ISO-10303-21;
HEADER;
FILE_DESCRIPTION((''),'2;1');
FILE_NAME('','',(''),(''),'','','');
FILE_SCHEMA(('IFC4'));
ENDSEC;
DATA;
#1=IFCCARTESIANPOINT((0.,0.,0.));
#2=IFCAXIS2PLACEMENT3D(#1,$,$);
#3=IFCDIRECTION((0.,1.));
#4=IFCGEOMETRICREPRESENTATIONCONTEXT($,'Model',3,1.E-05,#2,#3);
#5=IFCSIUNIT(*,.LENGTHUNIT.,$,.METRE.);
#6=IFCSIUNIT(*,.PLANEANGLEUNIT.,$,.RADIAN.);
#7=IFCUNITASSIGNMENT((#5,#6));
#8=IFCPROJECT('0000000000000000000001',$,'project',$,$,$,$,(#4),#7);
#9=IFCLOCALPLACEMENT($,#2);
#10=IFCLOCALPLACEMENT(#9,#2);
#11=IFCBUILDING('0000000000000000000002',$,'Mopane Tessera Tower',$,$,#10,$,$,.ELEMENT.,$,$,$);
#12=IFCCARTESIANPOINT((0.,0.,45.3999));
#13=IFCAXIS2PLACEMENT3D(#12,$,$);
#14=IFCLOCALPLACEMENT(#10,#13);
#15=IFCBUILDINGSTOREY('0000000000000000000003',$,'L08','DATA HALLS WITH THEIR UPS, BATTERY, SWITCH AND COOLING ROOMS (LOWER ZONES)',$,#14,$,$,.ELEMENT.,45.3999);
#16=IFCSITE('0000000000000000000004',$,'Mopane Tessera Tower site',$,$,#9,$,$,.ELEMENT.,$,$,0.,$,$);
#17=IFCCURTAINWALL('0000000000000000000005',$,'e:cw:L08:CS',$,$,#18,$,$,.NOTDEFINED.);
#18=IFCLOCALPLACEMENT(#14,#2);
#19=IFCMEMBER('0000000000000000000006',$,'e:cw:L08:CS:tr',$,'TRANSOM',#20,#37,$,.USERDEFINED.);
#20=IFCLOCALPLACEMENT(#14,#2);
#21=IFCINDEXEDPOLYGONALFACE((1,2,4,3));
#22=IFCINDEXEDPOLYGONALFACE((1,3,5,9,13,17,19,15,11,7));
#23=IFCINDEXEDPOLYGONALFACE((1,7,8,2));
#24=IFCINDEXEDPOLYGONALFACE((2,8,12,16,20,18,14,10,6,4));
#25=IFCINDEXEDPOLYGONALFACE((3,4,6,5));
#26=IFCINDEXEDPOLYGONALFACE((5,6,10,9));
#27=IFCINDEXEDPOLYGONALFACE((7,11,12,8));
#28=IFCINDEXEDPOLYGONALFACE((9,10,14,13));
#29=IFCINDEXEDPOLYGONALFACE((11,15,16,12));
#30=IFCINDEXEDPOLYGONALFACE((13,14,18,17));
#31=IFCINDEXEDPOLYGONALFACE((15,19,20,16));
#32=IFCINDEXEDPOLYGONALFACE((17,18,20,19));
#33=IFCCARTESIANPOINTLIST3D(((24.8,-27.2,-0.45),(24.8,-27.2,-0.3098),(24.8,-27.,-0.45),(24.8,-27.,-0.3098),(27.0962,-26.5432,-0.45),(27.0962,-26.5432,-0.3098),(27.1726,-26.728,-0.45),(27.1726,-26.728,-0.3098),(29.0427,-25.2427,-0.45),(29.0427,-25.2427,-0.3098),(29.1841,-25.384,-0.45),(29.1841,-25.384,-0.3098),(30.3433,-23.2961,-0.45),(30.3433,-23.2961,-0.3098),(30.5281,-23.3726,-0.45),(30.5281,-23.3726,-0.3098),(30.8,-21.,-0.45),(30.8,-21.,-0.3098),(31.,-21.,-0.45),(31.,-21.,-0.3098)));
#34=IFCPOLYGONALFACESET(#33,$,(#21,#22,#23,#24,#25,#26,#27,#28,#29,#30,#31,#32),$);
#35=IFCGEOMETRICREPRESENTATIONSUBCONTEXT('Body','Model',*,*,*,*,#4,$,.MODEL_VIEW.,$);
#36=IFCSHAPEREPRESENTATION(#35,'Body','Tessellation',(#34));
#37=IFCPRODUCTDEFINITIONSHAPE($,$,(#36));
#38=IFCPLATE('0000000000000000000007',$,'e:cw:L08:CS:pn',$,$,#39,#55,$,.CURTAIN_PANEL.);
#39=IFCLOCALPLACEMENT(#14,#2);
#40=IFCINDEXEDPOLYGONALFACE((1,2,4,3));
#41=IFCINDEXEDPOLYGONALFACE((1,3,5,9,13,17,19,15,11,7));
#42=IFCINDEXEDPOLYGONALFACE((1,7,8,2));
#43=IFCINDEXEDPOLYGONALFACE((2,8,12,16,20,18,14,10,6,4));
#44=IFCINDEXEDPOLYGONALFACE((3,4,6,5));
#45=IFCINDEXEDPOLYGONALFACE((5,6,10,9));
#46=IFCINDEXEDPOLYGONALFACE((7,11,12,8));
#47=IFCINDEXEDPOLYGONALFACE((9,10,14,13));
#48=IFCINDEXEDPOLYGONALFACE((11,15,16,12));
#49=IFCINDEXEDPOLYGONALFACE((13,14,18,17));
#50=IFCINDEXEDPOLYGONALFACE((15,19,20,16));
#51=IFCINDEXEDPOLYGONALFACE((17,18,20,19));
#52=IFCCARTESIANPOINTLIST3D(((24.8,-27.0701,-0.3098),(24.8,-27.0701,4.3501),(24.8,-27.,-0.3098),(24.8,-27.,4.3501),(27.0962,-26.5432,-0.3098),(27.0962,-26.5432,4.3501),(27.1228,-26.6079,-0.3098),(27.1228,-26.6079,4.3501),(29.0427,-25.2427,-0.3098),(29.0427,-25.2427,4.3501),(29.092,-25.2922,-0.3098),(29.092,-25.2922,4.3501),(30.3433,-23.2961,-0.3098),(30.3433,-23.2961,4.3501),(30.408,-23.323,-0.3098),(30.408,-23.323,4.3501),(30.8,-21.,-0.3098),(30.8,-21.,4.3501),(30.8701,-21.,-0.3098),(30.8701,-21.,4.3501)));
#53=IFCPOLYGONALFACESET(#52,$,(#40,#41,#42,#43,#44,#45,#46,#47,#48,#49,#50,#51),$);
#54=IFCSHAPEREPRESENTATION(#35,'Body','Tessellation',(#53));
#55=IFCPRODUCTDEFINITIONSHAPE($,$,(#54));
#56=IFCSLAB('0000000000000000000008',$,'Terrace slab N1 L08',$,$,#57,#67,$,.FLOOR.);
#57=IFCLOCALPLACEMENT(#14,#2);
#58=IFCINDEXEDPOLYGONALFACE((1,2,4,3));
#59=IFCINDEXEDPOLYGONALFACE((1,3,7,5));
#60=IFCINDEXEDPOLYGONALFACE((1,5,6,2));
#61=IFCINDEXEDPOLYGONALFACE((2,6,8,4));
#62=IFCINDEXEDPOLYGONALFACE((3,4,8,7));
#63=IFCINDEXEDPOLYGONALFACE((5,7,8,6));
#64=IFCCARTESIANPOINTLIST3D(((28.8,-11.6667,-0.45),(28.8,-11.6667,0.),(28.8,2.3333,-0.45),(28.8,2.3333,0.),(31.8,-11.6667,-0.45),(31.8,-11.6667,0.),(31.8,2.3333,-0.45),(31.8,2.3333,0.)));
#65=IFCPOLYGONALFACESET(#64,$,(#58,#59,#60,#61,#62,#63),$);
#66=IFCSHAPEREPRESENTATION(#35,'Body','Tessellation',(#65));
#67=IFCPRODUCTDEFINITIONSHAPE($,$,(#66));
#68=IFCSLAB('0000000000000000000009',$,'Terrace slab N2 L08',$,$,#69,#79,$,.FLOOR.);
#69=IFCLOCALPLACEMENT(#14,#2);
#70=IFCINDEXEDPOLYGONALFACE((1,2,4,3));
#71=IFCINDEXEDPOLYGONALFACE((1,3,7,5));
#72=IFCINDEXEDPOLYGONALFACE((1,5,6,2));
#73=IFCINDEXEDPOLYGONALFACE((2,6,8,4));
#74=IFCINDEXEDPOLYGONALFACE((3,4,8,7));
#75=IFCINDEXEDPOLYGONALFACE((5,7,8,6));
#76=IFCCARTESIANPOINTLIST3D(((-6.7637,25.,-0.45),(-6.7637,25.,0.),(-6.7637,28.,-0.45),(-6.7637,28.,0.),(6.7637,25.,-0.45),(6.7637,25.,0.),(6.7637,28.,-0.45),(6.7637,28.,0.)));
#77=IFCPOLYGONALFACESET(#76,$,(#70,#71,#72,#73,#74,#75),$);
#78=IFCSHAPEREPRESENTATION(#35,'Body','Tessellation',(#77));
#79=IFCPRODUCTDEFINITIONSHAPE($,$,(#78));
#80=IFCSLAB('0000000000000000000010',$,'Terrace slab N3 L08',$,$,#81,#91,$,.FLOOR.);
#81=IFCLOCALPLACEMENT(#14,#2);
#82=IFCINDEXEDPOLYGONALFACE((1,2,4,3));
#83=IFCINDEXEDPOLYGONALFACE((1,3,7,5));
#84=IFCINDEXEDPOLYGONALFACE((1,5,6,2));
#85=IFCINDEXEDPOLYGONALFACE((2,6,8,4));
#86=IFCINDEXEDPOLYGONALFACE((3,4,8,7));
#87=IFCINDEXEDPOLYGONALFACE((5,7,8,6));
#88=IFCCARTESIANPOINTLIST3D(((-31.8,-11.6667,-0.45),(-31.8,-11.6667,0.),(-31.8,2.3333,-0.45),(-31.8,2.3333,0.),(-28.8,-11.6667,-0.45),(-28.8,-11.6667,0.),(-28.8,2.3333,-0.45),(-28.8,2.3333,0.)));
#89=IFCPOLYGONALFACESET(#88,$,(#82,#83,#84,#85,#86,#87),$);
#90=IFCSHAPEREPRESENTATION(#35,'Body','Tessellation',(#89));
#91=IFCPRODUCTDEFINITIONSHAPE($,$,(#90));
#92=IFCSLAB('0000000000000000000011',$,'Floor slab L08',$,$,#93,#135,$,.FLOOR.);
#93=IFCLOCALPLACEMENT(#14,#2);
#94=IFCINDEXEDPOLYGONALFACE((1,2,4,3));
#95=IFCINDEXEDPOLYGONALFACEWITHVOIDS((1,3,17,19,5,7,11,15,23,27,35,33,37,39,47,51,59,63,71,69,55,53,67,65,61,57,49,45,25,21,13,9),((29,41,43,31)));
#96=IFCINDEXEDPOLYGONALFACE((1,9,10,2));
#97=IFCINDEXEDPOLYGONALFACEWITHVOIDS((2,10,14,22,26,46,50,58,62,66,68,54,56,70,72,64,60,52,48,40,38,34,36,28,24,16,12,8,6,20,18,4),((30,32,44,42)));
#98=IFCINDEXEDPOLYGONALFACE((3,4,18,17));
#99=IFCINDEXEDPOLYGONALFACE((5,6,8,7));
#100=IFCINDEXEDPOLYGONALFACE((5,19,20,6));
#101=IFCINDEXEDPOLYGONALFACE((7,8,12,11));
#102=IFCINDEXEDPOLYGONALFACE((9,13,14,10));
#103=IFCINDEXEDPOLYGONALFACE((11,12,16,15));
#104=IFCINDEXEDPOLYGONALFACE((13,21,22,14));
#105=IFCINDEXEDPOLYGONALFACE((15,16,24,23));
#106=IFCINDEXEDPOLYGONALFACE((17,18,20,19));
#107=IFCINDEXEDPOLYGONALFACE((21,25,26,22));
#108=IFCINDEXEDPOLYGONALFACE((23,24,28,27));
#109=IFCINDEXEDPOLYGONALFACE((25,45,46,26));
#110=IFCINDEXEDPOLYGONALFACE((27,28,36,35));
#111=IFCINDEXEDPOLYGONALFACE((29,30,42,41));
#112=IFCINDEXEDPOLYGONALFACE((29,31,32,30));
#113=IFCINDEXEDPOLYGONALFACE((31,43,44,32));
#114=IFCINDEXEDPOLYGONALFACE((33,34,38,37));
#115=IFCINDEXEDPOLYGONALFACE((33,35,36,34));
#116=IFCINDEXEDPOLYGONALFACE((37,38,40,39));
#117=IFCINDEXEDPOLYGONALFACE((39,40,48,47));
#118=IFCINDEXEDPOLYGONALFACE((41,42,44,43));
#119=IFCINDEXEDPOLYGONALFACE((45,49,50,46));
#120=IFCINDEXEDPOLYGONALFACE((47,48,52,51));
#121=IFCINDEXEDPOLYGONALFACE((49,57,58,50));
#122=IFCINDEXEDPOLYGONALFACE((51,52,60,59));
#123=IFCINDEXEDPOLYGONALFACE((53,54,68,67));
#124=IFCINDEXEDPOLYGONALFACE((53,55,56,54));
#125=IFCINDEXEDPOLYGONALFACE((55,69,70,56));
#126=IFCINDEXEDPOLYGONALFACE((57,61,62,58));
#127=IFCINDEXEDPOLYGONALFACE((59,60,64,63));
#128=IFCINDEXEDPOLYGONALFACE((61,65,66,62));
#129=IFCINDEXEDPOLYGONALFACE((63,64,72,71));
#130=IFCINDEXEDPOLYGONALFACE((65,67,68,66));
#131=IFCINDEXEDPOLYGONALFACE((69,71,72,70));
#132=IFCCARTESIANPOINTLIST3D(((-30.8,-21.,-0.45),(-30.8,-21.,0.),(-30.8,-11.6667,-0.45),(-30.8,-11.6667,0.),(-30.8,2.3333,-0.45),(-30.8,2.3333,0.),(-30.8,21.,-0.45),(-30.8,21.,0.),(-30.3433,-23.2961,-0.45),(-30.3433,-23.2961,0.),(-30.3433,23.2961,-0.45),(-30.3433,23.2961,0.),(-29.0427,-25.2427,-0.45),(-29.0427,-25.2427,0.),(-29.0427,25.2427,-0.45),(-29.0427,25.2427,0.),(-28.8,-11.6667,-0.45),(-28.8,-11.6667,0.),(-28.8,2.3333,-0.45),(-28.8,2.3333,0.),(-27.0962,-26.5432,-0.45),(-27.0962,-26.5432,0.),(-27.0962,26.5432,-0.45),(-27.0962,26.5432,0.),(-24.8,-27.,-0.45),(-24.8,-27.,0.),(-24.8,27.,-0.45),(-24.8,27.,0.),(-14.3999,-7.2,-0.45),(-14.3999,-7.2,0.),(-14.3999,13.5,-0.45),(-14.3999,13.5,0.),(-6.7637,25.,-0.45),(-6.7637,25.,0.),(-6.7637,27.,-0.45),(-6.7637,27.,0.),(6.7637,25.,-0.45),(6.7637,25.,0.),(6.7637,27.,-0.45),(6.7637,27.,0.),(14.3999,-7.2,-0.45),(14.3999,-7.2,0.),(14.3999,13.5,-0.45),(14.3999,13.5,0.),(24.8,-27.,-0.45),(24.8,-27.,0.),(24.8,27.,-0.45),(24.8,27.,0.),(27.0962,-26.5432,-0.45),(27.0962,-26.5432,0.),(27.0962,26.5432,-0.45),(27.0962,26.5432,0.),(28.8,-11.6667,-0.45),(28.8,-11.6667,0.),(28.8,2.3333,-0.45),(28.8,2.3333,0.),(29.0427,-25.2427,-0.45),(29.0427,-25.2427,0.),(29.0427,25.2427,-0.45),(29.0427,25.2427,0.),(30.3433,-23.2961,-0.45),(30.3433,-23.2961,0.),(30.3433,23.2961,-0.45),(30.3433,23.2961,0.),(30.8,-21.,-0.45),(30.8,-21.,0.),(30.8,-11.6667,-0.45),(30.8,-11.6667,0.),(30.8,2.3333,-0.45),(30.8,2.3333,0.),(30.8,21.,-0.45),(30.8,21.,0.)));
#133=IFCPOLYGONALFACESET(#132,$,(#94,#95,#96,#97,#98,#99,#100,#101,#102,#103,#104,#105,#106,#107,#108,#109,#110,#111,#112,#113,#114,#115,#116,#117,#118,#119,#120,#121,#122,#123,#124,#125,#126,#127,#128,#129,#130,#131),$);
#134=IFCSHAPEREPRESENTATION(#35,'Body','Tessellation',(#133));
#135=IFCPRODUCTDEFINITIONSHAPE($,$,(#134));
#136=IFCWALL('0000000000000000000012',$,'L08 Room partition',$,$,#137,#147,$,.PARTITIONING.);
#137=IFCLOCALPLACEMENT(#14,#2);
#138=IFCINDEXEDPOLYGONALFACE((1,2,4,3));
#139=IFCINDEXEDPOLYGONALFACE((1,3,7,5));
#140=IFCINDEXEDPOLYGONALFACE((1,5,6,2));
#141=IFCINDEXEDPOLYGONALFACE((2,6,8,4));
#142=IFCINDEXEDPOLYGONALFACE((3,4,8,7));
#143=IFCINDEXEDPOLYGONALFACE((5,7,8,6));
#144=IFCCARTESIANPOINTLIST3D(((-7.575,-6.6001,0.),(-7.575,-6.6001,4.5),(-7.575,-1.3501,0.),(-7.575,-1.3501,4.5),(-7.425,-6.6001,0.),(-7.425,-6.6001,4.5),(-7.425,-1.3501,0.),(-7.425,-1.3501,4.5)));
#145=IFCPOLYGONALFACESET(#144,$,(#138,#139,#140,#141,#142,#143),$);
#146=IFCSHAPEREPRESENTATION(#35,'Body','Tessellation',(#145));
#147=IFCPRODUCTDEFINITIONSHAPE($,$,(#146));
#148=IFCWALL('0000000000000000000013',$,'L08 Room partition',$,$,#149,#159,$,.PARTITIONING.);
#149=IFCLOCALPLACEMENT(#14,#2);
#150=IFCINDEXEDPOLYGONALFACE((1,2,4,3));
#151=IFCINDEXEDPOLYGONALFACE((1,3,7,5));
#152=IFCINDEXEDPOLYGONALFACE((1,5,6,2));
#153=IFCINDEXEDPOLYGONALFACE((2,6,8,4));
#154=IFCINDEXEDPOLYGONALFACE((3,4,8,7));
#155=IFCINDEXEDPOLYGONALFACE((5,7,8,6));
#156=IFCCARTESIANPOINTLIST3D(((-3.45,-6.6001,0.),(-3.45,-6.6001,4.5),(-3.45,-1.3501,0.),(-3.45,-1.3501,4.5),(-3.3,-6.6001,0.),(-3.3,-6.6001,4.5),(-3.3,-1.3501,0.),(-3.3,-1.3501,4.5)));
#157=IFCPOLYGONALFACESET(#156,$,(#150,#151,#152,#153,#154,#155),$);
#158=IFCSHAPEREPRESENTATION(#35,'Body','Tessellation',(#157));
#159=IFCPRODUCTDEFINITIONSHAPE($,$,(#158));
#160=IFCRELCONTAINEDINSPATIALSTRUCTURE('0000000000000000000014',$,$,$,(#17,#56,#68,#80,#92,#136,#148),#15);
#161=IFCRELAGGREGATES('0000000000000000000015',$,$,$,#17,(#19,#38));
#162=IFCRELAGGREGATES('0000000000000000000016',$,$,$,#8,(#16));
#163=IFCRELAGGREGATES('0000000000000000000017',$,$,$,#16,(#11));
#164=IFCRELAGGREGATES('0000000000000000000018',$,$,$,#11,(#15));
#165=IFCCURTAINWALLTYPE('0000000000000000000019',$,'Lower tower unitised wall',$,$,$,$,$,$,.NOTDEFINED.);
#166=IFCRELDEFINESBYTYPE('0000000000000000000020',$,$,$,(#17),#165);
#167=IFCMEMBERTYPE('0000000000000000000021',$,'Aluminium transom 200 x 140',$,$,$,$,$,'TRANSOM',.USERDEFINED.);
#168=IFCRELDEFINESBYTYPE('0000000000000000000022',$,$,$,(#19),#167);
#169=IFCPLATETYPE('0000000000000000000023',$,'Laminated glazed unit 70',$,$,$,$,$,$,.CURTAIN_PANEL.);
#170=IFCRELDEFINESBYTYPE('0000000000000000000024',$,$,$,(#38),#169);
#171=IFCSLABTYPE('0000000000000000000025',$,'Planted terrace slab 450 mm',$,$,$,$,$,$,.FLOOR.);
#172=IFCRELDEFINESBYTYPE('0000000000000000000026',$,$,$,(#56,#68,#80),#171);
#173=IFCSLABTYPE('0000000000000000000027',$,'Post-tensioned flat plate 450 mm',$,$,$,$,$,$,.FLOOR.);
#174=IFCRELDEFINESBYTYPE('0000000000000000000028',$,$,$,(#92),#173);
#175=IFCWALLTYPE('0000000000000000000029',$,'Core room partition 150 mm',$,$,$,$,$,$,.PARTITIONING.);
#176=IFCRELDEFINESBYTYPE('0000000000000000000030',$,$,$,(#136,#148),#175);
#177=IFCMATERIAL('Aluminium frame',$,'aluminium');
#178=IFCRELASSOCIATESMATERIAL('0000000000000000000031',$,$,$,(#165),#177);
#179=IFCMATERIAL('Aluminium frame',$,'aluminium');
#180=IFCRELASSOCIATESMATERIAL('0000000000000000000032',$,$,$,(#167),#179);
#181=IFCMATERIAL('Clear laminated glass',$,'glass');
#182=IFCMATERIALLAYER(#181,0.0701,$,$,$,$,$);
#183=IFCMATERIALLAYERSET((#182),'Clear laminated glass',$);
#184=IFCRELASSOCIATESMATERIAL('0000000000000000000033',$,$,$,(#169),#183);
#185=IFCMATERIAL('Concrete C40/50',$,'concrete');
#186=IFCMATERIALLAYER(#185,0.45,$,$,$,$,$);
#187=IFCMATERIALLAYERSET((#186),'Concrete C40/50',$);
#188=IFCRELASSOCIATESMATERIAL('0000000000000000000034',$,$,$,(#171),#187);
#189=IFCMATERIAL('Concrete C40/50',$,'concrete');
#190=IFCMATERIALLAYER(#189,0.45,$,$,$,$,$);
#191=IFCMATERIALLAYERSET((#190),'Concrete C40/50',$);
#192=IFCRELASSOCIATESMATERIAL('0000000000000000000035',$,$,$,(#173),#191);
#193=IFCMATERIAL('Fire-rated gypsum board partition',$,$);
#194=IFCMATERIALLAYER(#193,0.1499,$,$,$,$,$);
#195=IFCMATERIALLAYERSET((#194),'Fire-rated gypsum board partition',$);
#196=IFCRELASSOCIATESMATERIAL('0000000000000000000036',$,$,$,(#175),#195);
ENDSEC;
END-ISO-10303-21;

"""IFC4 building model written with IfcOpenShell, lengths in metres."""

from ifc_helpers import new_model, si_unit, direction, frame, frame_2d, origin, origin_2d, place, context, subcontext, project, spatial, polyline, rectangle, outline, extrude, material, layer, layer_set, material_profile, profile_set, type_object, element, aggregate, save


model = new_model("IFC4")

# Units and contexts
model_context = context("Model", 3, precision=1e-05, world=origin(), true_north=direction((0.0, 1.0)))
body_context = subcontext(model_context, "Body", "Model", "MODEL_VIEW")
ifc_project = project(units=[si_unit("LENGTHUNIT", "METRE"), si_unit("PLANEANGLEUNIT", "RADIAN")], contexts=[model_context])

# Site, building, storey
site_placement = place(None, origin())
site = spatial("IfcSite", under=ifc_project, at=site_placement, Name="Mopane Tessera Tower site", CompositionType="ELEMENT", RefElevation=0.0)
building_placement = place(site_placement, origin())
building = spatial("IfcBuilding", under=site, at=building_placement, Name="Mopane Tessera Tower", CompositionType="ELEMENT")
storey_placement = place(building_placement, frame((0.0, 0.0, 45.3999)))
storey = spatial("IfcBuildingStorey", under=building, at=storey_placement, Name="L08", Description="DATA HALLS WITH THEIR UPS, BATTERY, SWITCH AND COOLING ROOMS (LOWER ZONES)", CompositionType="ELEMENT", Elevation=45.3999)

# Curtain wall, member, plate
ifc_material_1 = material(Name="Aluminium frame", Category="aluminium")
curtain_wall_type = type_object("IfcCurtainWallType", Name="Lower tower unitised wall", PredefinedType="NOTDEFINED", material=ifc_material_1)
curtain_wall_placement = place(storey_placement, origin())
curtain_wall = element("IfcCurtainWall", 1, at=curtain_wall_placement, inside=storey, type_object=curtain_wall_type, Name="e:cw:L08:CS", PredefinedType="NOTDEFINED")
ifc_material_2 = material(Name="Aluminium frame", Category="aluminium")
ifc_material_profile = material_profile(ifc_material_2, rectangle(XDim=0.2, YDim=0.1399, at=origin_2d()))
ifc_profile_set = profile_set([ifc_material_profile], Name="Aluminium frame")
member_type = type_object("IfcMemberType", Name="Aluminium transom 200 x 140", ElementType="TRANSOM", PredefinedType="USERDEFINED", material=ifc_profile_set)
member_placement = place(storey_placement, frame((0.0, 0.0, -0.45)))
member = element("IfcMember", 2, at=member_placement, type_object=member_type, Name="e:cw:L08:CS:tr", ObjectType="TRANSOM", PredefinedType="USERDEFINED", context=body_context, shape_type="SweptSolid", body=[
    extrude(outline(polyline([(24.8, -27.0), (27.0962, -26.5432), (29.0427, -25.2427), (30.3433, -23.2961), (30.8, -21.0), (31.0, -21.0), (30.5281, -23.3726), (29.1841, -25.384), (27.1726, -26.728), (24.8, -27.2), (24.8, -27.0)])), origin(), (0.0, 0.0, 1.0), 0.1401),
])
ifc_material_3 = material(Name="Clear laminated glass", Category="glass")
ifc_layer_1 = layer(ifc_material_3, 0.0701)
ifc_layer_set_1 = layer_set([ifc_layer_1], Name="Clear laminated glass")
plate_type = type_object("IfcPlateType", Name="Laminated glazed unit 70", PredefinedType="CURTAIN_PANEL", material=ifc_layer_set_1)
plate_placement = place(storey_placement, frame((0.0, 0.0, -0.3098)))
plate = element("IfcPlate", 3, at=plate_placement, type_object=plate_type, Name="e:cw:L08:CS:pn", PredefinedType="CURTAIN_PANEL", context=body_context, shape_type="SweptSolid", body=[
    extrude(outline(polyline([(24.8, -27.0), (27.0962, -26.5432), (29.0427, -25.2427), (30.3433, -23.2961), (30.8, -21.0), (30.8701, -21.0), (30.408, -23.323), (29.092, -25.2922), (27.1228, -26.6079), (24.8, -27.0701), (24.8, -27.0)])), origin(), (0.0, 0.0, 1.0), 4.6599),
])
aggregate(curtain_wall, [member, plate])

# Slabs
ifc_material_4 = material(Name="Concrete C40/50", Category="concrete")
ifc_layer_2 = layer(ifc_material_4, 0.45)
ifc_layer_set_2 = layer_set([ifc_layer_2], Name="Concrete C40/50")
slab_type_1 = type_object("IfcSlabType", Name="Planted terrace slab 450 mm", PredefinedType="FLOOR", material=ifc_layer_set_2)
slab_1_placement = place(storey_placement, frame((0.0, 0.0, -0.45)))
element("IfcSlab", 4, at=slab_1_placement, inside=storey, type_object=slab_type_1, Name="Terrace slab N1 L08", PredefinedType="FLOOR", context=body_context, shape_type="SweptSolid", body=[
    extrude(outline(polyline([(31.8, 2.3333), (28.8, 2.3333), (28.8, -11.6667), (31.8, -11.6667), (31.8, 2.3333)])), origin(), (0.0, 0.0, 1.0), 0.45),
])
slab_2_placement = place(storey_placement, frame((0.0, 0.0, -0.45)))
element("IfcSlab", 5, at=slab_2_placement, inside=storey, type_object=slab_type_1, Name="Terrace slab N2 L08", PredefinedType="FLOOR", context=body_context, shape_type="SweptSolid", body=[
    extrude(outline(polyline([(-6.7637, 28.0), (-6.7637, 25.0), (6.7637, 25.0), (6.7637, 28.0), (-6.7637, 28.0)])), origin(), (0.0, 0.0, 1.0), 0.45),
])
slab_3_placement = place(storey_placement, frame((0.0, 0.0, -0.45)))
element("IfcSlab", 6, at=slab_3_placement, inside=storey, type_object=slab_type_1, Name="Terrace slab N3 L08", PredefinedType="FLOOR", context=body_context, shape_type="SweptSolid", body=[
    extrude(outline(polyline([(-31.8, -11.6667), (-28.8, -11.6667), (-28.8, 2.3333), (-31.8, 2.3333), (-31.8, -11.6667)])), origin(), (0.0, 0.0, 1.0), 0.45),
])
ifc_material_5 = material(Name="Concrete C40/50", Category="concrete")
ifc_layer_3 = layer(ifc_material_5, 0.45)
ifc_layer_set_3 = layer_set([ifc_layer_3], Name="Concrete C40/50")
slab_type_2 = type_object("IfcSlabType", Name="Post-tensioned flat plate 450 mm", PredefinedType="FLOOR", material=ifc_layer_set_3)
slab_4_placement = place(storey_placement, frame((0.0, 0.0, -0.45)))
element("IfcSlab", 7, at=slab_4_placement, inside=storey, type_object=slab_type_2, Name="Floor slab L08", PredefinedType="FLOOR", context=body_context, shape_type="SweptSolid", body=[
    extrude(outline(polyline([(30.8, -21.0), (30.8, -11.6667), (28.8, -11.6667), (28.8, 2.3333), (30.8, 2.3333), (30.8, 21.0), (30.3433, 23.2961), (29.0427, 25.2427), (27.0962, 26.5432), (24.8, 27.0), (6.7637, 27.0), (6.7637, 25.0), (-6.7637, 25.0), (-6.7637, 27.0), (-24.8, 27.0), (-27.0962, 26.5432), (-29.0427, 25.2427), (-30.3433, 23.2961), (-30.8, 21.0), (-30.8, 2.3333), (-28.8, 2.3333), (-28.8, -11.6667), (-30.8, -11.6667), (-30.8, -21.0), (-30.3433, -23.2961), (-29.0427, -25.2427), (-27.0962, -26.5432), (-24.8, -27.0), (24.8, -27.0), (27.0962, -26.5432), (29.0427, -25.2427), (30.3433, -23.2961), (30.8, -21.0)]), holes=[polyline([(14.3999, -7.2), (-14.3999, -7.2), (-14.3999, 13.5), (14.3999, 13.5), (14.3999, -7.2)])]), origin(), (0.0, 0.0, 1.0), 0.45),
])

# Walls
ifc_material_6 = material(Name="Fire-rated gypsum board partition")
ifc_layer_4 = layer(ifc_material_6, 0.1499)
ifc_layer_set_4 = layer_set([ifc_layer_4], Name="Fire-rated gypsum board partition")
wall_type_1 = type_object("IfcWallType", Name="Core room partition 150 mm", PredefinedType="PARTITIONING", material=ifc_layer_set_4)
for number, where, z_axis, x_axis, name in (
    (8, (-7.5, -6.6001, 0.0), (0.0, 0.0, 1.0), (0.0, 1.0, 0.0), "L08 Room partition"),
    (9, (-3.375, -6.6001, 0.0), (0.0, 0.0, 1.0), (0.0, 1.0, 0.0), "L08 Room partition"),
):
    element("IfcWall", number, at=place(storey_placement, frame(where, z_axis=z_axis, x_axis=x_axis)), inside=storey, type_object=wall_type_1, Name=name, PredefinedType="PARTITIONING", context=body_context, shape_type="SweptSolid", body=[
        extrude(rectangle(XDim=5.25, YDim=0.1499, at=frame_2d((2.625, 0.0))), origin(), (0.0, 0.0, 1.0), 4.5),
    ])

save(model, "model.ifc")
